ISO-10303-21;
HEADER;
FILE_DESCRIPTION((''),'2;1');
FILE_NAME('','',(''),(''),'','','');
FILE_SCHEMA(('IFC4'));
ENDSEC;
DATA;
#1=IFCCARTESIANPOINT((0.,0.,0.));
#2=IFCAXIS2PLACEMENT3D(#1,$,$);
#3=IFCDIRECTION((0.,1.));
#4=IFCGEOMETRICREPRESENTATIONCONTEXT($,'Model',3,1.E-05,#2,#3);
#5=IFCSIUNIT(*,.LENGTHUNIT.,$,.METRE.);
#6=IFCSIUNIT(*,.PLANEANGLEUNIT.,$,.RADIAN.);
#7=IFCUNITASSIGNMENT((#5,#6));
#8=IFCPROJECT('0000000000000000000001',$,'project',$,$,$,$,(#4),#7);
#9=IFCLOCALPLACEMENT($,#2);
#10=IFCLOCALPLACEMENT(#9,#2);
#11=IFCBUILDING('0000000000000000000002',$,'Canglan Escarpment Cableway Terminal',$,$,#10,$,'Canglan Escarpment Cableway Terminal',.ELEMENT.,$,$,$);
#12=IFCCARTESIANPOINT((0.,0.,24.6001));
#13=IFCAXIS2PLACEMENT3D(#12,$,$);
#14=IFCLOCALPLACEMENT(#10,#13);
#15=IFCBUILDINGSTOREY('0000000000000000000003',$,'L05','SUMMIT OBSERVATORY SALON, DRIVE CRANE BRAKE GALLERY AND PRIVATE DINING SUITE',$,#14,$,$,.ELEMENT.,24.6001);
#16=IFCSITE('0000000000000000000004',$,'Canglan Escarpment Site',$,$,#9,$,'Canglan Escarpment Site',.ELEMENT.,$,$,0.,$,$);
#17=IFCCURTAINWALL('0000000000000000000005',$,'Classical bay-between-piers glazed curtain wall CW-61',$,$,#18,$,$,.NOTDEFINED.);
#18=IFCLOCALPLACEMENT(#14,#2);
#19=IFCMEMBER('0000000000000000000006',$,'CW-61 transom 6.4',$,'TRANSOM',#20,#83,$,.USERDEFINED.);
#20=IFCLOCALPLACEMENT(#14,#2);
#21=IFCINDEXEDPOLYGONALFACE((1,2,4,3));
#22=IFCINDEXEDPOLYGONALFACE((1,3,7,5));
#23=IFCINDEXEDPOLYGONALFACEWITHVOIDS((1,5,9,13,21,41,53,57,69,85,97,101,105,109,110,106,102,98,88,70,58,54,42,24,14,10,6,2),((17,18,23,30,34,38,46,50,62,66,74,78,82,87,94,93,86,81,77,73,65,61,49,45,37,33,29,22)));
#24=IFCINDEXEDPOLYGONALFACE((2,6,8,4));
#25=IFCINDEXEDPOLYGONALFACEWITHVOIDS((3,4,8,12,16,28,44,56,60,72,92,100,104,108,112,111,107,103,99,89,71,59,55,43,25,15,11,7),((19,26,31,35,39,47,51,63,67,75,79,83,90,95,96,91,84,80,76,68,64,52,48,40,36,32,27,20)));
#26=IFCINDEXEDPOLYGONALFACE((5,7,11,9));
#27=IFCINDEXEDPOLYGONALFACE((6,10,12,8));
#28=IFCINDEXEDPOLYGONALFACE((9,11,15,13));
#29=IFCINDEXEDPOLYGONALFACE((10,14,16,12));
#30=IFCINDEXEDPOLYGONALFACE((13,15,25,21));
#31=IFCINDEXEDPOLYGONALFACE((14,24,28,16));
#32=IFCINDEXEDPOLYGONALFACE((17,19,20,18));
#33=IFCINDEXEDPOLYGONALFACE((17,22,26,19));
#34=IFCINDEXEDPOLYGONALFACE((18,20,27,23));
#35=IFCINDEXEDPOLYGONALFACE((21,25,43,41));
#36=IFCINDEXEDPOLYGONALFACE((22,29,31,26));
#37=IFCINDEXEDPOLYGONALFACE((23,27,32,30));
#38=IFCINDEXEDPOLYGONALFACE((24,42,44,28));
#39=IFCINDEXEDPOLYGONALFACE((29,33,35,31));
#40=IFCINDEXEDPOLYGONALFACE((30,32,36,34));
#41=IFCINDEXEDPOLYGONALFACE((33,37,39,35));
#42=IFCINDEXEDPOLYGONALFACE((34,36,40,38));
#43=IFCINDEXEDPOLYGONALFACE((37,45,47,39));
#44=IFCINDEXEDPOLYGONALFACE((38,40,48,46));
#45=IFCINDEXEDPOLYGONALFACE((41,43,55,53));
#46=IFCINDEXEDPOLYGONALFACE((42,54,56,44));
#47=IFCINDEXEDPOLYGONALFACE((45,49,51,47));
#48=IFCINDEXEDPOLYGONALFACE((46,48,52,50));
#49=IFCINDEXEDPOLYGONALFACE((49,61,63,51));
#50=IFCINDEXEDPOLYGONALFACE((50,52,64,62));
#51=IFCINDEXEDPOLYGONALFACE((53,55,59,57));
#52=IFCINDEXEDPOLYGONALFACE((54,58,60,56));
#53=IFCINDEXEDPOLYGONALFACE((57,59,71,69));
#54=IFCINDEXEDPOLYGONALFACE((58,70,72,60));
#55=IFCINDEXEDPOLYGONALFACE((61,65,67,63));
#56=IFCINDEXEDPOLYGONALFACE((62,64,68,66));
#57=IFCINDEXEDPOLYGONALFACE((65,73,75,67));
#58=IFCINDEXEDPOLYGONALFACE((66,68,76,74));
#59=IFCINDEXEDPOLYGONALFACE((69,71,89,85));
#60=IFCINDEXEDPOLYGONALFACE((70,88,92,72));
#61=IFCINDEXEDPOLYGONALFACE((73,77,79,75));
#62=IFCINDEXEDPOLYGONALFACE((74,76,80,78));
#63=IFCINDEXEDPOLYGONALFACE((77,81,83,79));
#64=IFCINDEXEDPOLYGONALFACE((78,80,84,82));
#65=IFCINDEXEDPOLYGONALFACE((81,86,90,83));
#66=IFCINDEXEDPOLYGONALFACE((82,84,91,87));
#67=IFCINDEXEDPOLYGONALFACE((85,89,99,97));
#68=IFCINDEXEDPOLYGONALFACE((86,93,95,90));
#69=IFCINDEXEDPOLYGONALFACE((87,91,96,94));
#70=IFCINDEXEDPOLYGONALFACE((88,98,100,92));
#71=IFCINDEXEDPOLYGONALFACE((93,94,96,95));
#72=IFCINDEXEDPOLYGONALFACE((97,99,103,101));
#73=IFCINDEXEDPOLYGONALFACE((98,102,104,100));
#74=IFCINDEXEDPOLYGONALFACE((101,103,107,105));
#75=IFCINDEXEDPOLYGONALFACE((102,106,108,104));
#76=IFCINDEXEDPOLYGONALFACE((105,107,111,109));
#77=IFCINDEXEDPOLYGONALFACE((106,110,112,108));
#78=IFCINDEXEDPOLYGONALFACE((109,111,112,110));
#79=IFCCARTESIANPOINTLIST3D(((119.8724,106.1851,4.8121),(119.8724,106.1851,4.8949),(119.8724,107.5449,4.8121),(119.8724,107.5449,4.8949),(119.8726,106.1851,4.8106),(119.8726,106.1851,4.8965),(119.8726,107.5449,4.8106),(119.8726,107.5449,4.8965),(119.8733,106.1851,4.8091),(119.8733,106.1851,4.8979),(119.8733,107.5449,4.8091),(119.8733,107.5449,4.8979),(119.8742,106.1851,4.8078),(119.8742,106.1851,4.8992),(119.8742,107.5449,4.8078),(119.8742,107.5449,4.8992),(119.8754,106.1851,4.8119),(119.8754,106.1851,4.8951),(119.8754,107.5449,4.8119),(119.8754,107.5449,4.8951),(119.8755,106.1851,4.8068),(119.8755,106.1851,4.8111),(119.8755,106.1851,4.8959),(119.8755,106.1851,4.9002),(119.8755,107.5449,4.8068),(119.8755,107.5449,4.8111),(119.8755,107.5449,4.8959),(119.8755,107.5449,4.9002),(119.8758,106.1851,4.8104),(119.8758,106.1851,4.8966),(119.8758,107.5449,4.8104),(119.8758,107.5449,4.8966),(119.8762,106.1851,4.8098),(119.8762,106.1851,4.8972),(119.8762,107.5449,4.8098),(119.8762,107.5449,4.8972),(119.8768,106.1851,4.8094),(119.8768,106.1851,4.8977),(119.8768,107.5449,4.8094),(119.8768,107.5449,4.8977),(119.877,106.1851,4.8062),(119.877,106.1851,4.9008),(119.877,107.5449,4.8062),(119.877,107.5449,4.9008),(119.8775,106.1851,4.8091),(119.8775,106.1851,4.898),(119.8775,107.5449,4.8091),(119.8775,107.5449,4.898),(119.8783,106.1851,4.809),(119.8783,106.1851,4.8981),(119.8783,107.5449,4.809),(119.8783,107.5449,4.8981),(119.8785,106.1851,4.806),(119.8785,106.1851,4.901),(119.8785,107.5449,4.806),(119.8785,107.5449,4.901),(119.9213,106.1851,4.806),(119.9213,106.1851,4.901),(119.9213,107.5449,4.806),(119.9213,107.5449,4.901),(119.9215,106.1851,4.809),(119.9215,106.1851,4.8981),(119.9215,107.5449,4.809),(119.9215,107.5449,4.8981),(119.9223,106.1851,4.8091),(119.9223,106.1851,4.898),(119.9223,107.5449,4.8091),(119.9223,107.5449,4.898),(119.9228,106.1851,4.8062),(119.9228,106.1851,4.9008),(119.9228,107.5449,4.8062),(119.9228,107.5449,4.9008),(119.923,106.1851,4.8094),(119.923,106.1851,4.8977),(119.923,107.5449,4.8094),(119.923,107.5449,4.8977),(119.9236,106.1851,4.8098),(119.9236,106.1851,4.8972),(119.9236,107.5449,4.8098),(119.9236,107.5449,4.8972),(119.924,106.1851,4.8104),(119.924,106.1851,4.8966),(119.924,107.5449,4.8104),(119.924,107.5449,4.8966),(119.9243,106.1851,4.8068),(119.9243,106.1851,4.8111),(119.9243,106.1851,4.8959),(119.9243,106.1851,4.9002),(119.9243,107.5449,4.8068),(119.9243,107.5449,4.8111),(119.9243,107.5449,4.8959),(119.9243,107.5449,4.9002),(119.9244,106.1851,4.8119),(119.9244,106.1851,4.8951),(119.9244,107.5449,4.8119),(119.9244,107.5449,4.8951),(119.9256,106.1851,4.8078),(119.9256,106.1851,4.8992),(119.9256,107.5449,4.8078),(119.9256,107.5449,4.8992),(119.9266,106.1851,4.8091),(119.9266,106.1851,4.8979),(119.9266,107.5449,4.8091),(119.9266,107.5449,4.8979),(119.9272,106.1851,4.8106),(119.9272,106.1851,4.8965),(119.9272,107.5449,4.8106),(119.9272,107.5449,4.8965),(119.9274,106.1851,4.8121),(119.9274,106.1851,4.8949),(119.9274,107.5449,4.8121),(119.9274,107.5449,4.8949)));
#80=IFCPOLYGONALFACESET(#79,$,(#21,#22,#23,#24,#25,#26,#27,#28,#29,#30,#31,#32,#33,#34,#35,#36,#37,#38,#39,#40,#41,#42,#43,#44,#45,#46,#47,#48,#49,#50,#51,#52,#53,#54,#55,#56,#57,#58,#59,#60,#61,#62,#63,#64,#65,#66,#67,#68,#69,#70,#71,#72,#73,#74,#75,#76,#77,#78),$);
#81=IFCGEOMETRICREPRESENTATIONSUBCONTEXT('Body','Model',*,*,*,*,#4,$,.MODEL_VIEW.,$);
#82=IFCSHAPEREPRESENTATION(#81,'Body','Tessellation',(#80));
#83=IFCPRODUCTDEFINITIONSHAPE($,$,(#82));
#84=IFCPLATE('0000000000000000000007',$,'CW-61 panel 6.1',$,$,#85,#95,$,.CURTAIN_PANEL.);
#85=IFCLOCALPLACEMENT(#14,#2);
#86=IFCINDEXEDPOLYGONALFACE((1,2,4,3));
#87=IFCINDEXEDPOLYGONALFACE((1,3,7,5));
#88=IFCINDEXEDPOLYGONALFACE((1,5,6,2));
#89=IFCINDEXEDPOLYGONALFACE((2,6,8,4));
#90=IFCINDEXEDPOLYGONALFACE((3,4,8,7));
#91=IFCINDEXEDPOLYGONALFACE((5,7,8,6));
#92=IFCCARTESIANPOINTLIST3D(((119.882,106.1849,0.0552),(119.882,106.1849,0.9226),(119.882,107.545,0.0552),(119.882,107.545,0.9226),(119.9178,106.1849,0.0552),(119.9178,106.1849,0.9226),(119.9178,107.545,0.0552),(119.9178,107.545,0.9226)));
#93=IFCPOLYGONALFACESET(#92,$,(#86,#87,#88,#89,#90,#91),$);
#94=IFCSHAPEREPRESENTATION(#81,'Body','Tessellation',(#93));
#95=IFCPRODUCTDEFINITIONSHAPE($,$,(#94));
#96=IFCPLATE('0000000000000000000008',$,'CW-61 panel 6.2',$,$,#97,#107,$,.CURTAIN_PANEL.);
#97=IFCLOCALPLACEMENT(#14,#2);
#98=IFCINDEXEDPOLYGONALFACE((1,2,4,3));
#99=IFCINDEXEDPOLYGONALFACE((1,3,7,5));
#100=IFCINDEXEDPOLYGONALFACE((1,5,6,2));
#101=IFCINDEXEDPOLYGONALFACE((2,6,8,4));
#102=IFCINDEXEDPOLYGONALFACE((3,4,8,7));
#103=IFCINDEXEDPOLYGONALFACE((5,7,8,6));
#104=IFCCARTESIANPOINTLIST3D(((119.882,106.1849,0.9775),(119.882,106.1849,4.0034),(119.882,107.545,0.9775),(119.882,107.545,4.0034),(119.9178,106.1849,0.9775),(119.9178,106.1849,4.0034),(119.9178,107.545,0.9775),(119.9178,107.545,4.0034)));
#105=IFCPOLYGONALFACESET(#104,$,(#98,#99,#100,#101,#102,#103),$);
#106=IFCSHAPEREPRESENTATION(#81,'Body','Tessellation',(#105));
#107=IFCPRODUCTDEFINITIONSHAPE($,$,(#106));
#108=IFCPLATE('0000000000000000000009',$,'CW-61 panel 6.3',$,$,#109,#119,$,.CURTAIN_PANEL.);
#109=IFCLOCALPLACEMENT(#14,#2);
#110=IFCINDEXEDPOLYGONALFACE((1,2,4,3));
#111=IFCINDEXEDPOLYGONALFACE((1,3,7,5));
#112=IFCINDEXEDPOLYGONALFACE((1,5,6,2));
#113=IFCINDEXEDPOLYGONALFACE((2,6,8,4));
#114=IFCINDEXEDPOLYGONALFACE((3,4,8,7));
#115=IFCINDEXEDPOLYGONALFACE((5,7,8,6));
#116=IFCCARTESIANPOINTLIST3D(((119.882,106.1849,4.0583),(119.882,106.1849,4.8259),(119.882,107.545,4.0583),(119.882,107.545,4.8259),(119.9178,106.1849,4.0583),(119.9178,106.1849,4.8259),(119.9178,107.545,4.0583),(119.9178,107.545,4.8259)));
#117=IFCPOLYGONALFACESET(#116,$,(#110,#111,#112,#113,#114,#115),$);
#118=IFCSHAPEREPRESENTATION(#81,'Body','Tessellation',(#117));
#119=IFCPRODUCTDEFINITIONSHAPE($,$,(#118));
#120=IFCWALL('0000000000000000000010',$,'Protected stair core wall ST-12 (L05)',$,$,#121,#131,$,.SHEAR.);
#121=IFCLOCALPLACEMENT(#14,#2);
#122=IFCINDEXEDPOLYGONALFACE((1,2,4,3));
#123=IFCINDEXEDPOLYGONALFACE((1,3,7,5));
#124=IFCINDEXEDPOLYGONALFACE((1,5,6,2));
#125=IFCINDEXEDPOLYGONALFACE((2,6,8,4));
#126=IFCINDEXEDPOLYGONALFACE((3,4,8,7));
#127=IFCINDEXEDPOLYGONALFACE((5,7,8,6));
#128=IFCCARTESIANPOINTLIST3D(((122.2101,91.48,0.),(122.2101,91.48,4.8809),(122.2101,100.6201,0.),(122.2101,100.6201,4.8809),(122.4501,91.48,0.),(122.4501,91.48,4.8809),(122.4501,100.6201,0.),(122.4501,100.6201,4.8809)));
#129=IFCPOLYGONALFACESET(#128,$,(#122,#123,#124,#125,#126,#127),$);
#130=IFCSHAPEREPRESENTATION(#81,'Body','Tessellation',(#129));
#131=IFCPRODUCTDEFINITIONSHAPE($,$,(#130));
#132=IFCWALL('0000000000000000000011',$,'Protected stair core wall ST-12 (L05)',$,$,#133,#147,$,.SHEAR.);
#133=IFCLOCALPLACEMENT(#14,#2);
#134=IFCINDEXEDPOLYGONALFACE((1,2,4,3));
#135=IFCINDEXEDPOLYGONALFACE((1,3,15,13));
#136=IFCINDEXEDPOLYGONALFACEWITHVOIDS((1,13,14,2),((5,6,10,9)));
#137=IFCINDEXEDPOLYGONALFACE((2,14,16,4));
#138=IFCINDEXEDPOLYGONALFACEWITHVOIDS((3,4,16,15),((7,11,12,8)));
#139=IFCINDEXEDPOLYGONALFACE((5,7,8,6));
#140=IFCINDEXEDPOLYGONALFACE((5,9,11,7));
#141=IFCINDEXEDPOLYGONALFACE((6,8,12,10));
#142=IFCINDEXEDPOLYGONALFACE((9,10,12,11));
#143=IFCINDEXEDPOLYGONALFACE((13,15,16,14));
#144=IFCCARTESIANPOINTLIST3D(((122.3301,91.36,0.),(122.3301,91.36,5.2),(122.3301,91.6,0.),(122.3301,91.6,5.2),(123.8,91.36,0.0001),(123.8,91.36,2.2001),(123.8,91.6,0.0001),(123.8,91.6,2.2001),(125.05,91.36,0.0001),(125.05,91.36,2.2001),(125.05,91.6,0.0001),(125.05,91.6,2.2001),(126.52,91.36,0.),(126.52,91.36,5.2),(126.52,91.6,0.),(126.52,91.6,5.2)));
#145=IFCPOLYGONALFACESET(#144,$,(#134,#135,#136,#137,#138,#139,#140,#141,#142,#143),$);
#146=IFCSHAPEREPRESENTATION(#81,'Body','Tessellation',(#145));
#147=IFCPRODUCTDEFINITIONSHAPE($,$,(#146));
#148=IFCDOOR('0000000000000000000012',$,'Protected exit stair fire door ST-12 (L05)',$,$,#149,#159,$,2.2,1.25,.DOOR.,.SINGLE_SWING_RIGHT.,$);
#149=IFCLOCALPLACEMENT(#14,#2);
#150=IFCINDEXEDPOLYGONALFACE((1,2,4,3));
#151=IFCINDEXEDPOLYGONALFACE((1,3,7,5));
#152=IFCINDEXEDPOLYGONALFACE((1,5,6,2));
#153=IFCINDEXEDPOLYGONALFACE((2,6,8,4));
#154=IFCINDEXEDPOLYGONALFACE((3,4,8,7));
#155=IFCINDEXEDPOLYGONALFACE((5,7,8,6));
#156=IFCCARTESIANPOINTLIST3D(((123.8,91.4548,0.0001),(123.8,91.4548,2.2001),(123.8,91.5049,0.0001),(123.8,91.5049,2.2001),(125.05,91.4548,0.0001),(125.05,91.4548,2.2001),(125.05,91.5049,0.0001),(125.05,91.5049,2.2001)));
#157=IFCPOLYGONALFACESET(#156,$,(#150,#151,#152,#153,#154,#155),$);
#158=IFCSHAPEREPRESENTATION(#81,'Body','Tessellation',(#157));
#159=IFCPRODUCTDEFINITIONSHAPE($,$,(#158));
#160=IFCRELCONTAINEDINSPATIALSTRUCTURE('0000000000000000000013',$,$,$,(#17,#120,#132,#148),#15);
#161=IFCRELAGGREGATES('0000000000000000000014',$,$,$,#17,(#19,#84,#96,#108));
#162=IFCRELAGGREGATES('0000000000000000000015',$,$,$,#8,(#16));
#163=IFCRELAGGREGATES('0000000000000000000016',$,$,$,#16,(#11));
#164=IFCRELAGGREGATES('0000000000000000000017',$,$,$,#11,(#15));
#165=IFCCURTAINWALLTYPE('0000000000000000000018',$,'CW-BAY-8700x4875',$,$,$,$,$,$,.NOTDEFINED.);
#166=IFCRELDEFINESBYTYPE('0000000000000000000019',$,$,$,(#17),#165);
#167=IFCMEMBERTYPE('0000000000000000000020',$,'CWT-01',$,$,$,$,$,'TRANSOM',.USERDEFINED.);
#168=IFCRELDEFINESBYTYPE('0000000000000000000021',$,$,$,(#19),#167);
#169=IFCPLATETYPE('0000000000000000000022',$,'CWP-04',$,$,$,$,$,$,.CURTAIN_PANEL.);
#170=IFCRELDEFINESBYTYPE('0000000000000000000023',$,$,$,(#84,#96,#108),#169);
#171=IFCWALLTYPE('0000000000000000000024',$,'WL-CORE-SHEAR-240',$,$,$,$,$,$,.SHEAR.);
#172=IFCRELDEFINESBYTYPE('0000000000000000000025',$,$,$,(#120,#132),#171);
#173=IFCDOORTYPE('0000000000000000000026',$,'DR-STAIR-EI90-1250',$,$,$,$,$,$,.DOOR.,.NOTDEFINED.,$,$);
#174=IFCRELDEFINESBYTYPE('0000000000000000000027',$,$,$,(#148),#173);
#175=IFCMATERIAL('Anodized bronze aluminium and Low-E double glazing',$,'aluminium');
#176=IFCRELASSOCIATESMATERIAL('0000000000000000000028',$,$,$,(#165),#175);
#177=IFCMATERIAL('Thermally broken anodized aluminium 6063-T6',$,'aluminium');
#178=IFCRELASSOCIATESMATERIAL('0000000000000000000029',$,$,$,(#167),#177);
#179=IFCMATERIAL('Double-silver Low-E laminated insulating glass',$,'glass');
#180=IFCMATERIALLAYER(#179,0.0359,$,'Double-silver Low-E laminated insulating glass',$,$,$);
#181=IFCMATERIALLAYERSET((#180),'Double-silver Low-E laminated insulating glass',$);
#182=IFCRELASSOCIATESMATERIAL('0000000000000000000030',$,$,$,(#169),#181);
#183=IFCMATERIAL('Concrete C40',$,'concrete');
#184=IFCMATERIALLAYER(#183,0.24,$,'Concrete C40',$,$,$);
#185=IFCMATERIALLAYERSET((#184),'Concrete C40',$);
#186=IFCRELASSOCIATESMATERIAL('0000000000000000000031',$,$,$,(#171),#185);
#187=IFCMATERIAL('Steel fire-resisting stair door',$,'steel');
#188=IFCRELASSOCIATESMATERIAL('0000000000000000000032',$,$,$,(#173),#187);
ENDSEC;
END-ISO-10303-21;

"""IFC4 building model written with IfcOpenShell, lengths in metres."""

from ifc_helpers import new_model, si_unit, direction, frame, frame_2d, origin, origin_2d, place, context, subcontext, project, spatial, rectangle, hollow_rectangle, extrude, material, layer, layer_set, material_profile, profile_set, type_object, element, fill, aggregate, save


model = new_model("IFC4")

# Units and contexts
model_context = context("Model", 3, precision=1e-05, world=origin(), true_north=direction((0.0, 1.0)))
body_context = subcontext(model_context, "Body", "Model", "MODEL_VIEW")
ifc_project = project(units=[si_unit("LENGTHUNIT", "METRE"), si_unit("PLANEANGLEUNIT", "RADIAN")], contexts=[model_context])

# Site, building, storey
site_placement = place(None, origin())
site = spatial("IfcSite", under=ifc_project, at=site_placement, Name="Canglan Escarpment Site", LongName="Canglan Escarpment Site", CompositionType="ELEMENT", RefElevation=0.0)
building_placement = place(site_placement, origin())
building = spatial("IfcBuilding", under=site, at=building_placement, Name="Canglan Escarpment Cableway Terminal", LongName="Canglan Escarpment Cableway Terminal", CompositionType="ELEMENT")
storey_placement = place(building_placement, frame((0.0, 0.0, 24.6001)))
storey = spatial("IfcBuildingStorey", under=building, at=storey_placement, Name="L05", Description="SUMMIT OBSERVATORY SALON, DRIVE CRANE BRAKE GALLERY AND PRIVATE DINING SUITE", CompositionType="ELEMENT", Elevation=24.6001)

# Curtain wall, member, plates
ifc_material_1 = material(Name="Anodized bronze aluminium and Low-E double glazing", Category="aluminium")
curtain_wall_type = type_object("IfcCurtainWallType", Name="CW-BAY-8700x4875", PredefinedType="NOTDEFINED", material=ifc_material_1)
curtain_wall_placement = place(storey_placement, origin())
curtain_wall = element("IfcCurtainWall", 1, at=curtain_wall_placement, inside=storey, type_object=curtain_wall_type, Name="Classical bay-between-piers glazed curtain wall CW-61", PredefinedType="NOTDEFINED")
ifc_material_2 = material(Name="Thermally broken anodized aluminium 6063-T6", Category="aluminium")
ifc_material_profile_1 = material_profile(ifc_material_2, hollow_rectangle(XDim=0.0549, YDim=0.095, WallThickness=0.0029, InnerFilletRadius=0.0029, OuterFilletRadius=0.0061, at=origin_2d()), Name="ALU-TRAN 55x95x3")
ifc_profile_set_1 = profile_set([ifc_material_profile_1], Name="Thermally broken anodized aluminium 6063-T6")
member_type_1 = type_object("IfcMemberType", Name="CWT-01", ElementType="TRANSOM", PredefinedType="USERDEFINED", material=ifc_profile_set_1)
member_1_placement = place(storey_placement, frame((119.8999, 107.5449, 4.8535), z_axis=(0.0, -1.0, 0.0), x_axis=(1.0, 0.0, 0.0)))
member_1 = element("IfcMember", 2, at=member_1_placement, type_object=member_type_1, Name="CW-61 transom 6.4", ObjectType="TRANSOM", PredefinedType="USERDEFINED", context=body_context, shape_type="SweptSolid", body=[
    extrude(hollow_rectangle(XDim=0.0549, YDim=0.095, WallThickness=0.0029, InnerFilletRadius=0.0029, OuterFilletRadius=0.0061, at=origin_2d()), origin(), (0.0, 0.0, 1.0), 1.3599),
])
ifc_material_3 = material(Name="Double-silver Low-E laminated insulating glass", Category="glass")
ifc_layer_1 = layer(ifc_material_3, 0.0359, Name="Double-silver Low-E laminated insulating glass")
ifc_layer_set_1 = layer_set([ifc_layer_1], Name="Double-silver Low-E laminated insulating glass")
plate_type = type_object("IfcPlateType", Name="CWP-04", PredefinedType="CURTAIN_PANEL", material=ifc_layer_set_1)
plate_1_placement = place(storey_placement, frame((119.8999, 106.865, 0.0552), z_axis=(0.0, 0.0, 1.0), x_axis=(0.0, -1.0, 0.0)))
plate_1 = element("IfcPlate", 3, at=plate_1_placement, type_object=plate_type, Name="CW-61 panel 6.1", PredefinedType="CURTAIN_PANEL", context=body_context, shape_type="SweptSolid", body=[
    extrude(rectangle(XDim=1.3601, YDim=0.0359, at=origin_2d()), origin(), (0.0, 0.0, 1.0), 0.8674),
])
plate_2_placement = place(storey_placement, frame((119.8999, 106.865, 0.9775), z_axis=(0.0, 0.0, 1.0), x_axis=(0.0, -1.0, 0.0)))
plate_2 = element("IfcPlate", 4, at=plate_2_placement, type_object=plate_type, Name="CW-61 panel 6.2", PredefinedType="CURTAIN_PANEL", context=body_context, shape_type="SweptSolid", body=[
    extrude(rectangle(XDim=1.3601, YDim=0.0359, at=origin_2d()), origin(), (0.0, 0.0, 1.0), 3.0259),
])
plate_3_placement = place(storey_placement, frame((119.8999, 106.865, 4.0583), z_axis=(0.0, 0.0, 1.0), x_axis=(0.0, -1.0, 0.0)))
plate_3 = element("IfcPlate", 5, at=plate_3_placement, type_object=plate_type, Name="CW-61 panel 6.3", PredefinedType="CURTAIN_PANEL", context=body_context, shape_type="SweptSolid", body=[
    extrude(rectangle(XDim=1.3601, YDim=0.0359, at=origin_2d()), origin(), (0.0, 0.0, 1.0), 0.7676),
])
aggregate(curtain_wall, [member_1, plate_1, plate_2, plate_3])

# Wall
ifc_material_4 = material(Name="Concrete C40", Category="concrete")
ifc_layer_2 = layer(ifc_material_4, 0.24, Name="Concrete C40")
ifc_layer_set_2 = layer_set([ifc_layer_2], Name="Concrete C40")
wall_type_1 = type_object("IfcWallType", Name="WL-CORE-SHEAR-240", PredefinedType="SHEAR", material=ifc_layer_set_2)
wall_1_placement = place(storey_placement, frame((122.3301, 100.6201, 0.0), z_axis=(0.0, 0.0, 1.0), x_axis=(0.0, -1.0, 0.0)))
element("IfcWall", 6, at=wall_1_placement, inside=storey, type_object=wall_type_1, Name="Protected stair core wall ST-12 (L05)", PredefinedType="SHEAR", context=body_context, shape_type="SweptSolid", body=[
    extrude(rectangle(XDim=9.1401, YDim=0.24, at=frame_2d((4.5701, 0.0))), origin(), (0.0, 0.0, 1.0), 4.8809),
])

# Wall, opening, door
wall_2_placement = place(storey_placement, frame((122.3301, 91.48, 0.0), z_axis=(0.0, 0.0, 1.0), x_axis=(1.0, 0.0, 0.0)))
wall_2 = element("IfcWall", 7, at=wall_2_placement, inside=storey, type_object=wall_type_1, Name="Protected stair core wall ST-12 (L05)", PredefinedType="SHEAR", context=body_context, shape_type="SweptSolid", body=[
    extrude(rectangle(XDim=4.1899, YDim=0.24, at=frame_2d((2.095, 0.0))), origin(), (0.0, 0.0, 1.0), 5.2),
])
opening_1_placement = place(wall_2_placement, frame((1.47, 0.0, 0.0)))
opening_1 = element("IfcOpeningElement", 8, at=opening_1_placement, cuts=wall_2, PredefinedType="OPENING", context=body_context, shape_type="SweptSolid", body=[
    extrude(rectangle(XDim=1.25, YDim=2.2, at=frame_2d((0.625, 1.1001))), frame((0.0, 0.1299, 0.0), z_axis=(0.0, -1.0, 0.0), x_axis=(1.0, 0.0, 0.0)), (0.0, 0.0, 1.0), 0.26),
])
ifc_material_5 = material(Name="Steel fire-resisting stair door", Category="steel")
door_type_1 = type_object("IfcDoorType", Name="DR-STAIR-EI90-1250", OperationType="NOTDEFINED", PredefinedType="DOOR", material=ifc_material_5)
door_1_placement = place(opening_1_placement, origin())
door_1 = element("IfcDoor", 9, at=door_1_placement, inside=storey, type_object=door_type_1, Name="Protected exit stair fire door ST-12 (L05)", OperationType="SINGLE_SWING_RIGHT", OverallHeight=2.2, OverallWidth=1.25, PredefinedType="DOOR", context=body_context, shape_type="SweptSolid", body=[
    extrude(rectangle(XDim=1.25, YDim=2.2, at=frame_2d((0.625, 1.1001))), frame((0.0, 0.0249, 0.0), z_axis=(0.0, -1.0, 0.0), x_axis=(1.0, 0.0, 0.0)), (0.0, 0.0, 1.0), 0.05),
])
fill(opening_1, door_1)

save(model, "model.ifc")
